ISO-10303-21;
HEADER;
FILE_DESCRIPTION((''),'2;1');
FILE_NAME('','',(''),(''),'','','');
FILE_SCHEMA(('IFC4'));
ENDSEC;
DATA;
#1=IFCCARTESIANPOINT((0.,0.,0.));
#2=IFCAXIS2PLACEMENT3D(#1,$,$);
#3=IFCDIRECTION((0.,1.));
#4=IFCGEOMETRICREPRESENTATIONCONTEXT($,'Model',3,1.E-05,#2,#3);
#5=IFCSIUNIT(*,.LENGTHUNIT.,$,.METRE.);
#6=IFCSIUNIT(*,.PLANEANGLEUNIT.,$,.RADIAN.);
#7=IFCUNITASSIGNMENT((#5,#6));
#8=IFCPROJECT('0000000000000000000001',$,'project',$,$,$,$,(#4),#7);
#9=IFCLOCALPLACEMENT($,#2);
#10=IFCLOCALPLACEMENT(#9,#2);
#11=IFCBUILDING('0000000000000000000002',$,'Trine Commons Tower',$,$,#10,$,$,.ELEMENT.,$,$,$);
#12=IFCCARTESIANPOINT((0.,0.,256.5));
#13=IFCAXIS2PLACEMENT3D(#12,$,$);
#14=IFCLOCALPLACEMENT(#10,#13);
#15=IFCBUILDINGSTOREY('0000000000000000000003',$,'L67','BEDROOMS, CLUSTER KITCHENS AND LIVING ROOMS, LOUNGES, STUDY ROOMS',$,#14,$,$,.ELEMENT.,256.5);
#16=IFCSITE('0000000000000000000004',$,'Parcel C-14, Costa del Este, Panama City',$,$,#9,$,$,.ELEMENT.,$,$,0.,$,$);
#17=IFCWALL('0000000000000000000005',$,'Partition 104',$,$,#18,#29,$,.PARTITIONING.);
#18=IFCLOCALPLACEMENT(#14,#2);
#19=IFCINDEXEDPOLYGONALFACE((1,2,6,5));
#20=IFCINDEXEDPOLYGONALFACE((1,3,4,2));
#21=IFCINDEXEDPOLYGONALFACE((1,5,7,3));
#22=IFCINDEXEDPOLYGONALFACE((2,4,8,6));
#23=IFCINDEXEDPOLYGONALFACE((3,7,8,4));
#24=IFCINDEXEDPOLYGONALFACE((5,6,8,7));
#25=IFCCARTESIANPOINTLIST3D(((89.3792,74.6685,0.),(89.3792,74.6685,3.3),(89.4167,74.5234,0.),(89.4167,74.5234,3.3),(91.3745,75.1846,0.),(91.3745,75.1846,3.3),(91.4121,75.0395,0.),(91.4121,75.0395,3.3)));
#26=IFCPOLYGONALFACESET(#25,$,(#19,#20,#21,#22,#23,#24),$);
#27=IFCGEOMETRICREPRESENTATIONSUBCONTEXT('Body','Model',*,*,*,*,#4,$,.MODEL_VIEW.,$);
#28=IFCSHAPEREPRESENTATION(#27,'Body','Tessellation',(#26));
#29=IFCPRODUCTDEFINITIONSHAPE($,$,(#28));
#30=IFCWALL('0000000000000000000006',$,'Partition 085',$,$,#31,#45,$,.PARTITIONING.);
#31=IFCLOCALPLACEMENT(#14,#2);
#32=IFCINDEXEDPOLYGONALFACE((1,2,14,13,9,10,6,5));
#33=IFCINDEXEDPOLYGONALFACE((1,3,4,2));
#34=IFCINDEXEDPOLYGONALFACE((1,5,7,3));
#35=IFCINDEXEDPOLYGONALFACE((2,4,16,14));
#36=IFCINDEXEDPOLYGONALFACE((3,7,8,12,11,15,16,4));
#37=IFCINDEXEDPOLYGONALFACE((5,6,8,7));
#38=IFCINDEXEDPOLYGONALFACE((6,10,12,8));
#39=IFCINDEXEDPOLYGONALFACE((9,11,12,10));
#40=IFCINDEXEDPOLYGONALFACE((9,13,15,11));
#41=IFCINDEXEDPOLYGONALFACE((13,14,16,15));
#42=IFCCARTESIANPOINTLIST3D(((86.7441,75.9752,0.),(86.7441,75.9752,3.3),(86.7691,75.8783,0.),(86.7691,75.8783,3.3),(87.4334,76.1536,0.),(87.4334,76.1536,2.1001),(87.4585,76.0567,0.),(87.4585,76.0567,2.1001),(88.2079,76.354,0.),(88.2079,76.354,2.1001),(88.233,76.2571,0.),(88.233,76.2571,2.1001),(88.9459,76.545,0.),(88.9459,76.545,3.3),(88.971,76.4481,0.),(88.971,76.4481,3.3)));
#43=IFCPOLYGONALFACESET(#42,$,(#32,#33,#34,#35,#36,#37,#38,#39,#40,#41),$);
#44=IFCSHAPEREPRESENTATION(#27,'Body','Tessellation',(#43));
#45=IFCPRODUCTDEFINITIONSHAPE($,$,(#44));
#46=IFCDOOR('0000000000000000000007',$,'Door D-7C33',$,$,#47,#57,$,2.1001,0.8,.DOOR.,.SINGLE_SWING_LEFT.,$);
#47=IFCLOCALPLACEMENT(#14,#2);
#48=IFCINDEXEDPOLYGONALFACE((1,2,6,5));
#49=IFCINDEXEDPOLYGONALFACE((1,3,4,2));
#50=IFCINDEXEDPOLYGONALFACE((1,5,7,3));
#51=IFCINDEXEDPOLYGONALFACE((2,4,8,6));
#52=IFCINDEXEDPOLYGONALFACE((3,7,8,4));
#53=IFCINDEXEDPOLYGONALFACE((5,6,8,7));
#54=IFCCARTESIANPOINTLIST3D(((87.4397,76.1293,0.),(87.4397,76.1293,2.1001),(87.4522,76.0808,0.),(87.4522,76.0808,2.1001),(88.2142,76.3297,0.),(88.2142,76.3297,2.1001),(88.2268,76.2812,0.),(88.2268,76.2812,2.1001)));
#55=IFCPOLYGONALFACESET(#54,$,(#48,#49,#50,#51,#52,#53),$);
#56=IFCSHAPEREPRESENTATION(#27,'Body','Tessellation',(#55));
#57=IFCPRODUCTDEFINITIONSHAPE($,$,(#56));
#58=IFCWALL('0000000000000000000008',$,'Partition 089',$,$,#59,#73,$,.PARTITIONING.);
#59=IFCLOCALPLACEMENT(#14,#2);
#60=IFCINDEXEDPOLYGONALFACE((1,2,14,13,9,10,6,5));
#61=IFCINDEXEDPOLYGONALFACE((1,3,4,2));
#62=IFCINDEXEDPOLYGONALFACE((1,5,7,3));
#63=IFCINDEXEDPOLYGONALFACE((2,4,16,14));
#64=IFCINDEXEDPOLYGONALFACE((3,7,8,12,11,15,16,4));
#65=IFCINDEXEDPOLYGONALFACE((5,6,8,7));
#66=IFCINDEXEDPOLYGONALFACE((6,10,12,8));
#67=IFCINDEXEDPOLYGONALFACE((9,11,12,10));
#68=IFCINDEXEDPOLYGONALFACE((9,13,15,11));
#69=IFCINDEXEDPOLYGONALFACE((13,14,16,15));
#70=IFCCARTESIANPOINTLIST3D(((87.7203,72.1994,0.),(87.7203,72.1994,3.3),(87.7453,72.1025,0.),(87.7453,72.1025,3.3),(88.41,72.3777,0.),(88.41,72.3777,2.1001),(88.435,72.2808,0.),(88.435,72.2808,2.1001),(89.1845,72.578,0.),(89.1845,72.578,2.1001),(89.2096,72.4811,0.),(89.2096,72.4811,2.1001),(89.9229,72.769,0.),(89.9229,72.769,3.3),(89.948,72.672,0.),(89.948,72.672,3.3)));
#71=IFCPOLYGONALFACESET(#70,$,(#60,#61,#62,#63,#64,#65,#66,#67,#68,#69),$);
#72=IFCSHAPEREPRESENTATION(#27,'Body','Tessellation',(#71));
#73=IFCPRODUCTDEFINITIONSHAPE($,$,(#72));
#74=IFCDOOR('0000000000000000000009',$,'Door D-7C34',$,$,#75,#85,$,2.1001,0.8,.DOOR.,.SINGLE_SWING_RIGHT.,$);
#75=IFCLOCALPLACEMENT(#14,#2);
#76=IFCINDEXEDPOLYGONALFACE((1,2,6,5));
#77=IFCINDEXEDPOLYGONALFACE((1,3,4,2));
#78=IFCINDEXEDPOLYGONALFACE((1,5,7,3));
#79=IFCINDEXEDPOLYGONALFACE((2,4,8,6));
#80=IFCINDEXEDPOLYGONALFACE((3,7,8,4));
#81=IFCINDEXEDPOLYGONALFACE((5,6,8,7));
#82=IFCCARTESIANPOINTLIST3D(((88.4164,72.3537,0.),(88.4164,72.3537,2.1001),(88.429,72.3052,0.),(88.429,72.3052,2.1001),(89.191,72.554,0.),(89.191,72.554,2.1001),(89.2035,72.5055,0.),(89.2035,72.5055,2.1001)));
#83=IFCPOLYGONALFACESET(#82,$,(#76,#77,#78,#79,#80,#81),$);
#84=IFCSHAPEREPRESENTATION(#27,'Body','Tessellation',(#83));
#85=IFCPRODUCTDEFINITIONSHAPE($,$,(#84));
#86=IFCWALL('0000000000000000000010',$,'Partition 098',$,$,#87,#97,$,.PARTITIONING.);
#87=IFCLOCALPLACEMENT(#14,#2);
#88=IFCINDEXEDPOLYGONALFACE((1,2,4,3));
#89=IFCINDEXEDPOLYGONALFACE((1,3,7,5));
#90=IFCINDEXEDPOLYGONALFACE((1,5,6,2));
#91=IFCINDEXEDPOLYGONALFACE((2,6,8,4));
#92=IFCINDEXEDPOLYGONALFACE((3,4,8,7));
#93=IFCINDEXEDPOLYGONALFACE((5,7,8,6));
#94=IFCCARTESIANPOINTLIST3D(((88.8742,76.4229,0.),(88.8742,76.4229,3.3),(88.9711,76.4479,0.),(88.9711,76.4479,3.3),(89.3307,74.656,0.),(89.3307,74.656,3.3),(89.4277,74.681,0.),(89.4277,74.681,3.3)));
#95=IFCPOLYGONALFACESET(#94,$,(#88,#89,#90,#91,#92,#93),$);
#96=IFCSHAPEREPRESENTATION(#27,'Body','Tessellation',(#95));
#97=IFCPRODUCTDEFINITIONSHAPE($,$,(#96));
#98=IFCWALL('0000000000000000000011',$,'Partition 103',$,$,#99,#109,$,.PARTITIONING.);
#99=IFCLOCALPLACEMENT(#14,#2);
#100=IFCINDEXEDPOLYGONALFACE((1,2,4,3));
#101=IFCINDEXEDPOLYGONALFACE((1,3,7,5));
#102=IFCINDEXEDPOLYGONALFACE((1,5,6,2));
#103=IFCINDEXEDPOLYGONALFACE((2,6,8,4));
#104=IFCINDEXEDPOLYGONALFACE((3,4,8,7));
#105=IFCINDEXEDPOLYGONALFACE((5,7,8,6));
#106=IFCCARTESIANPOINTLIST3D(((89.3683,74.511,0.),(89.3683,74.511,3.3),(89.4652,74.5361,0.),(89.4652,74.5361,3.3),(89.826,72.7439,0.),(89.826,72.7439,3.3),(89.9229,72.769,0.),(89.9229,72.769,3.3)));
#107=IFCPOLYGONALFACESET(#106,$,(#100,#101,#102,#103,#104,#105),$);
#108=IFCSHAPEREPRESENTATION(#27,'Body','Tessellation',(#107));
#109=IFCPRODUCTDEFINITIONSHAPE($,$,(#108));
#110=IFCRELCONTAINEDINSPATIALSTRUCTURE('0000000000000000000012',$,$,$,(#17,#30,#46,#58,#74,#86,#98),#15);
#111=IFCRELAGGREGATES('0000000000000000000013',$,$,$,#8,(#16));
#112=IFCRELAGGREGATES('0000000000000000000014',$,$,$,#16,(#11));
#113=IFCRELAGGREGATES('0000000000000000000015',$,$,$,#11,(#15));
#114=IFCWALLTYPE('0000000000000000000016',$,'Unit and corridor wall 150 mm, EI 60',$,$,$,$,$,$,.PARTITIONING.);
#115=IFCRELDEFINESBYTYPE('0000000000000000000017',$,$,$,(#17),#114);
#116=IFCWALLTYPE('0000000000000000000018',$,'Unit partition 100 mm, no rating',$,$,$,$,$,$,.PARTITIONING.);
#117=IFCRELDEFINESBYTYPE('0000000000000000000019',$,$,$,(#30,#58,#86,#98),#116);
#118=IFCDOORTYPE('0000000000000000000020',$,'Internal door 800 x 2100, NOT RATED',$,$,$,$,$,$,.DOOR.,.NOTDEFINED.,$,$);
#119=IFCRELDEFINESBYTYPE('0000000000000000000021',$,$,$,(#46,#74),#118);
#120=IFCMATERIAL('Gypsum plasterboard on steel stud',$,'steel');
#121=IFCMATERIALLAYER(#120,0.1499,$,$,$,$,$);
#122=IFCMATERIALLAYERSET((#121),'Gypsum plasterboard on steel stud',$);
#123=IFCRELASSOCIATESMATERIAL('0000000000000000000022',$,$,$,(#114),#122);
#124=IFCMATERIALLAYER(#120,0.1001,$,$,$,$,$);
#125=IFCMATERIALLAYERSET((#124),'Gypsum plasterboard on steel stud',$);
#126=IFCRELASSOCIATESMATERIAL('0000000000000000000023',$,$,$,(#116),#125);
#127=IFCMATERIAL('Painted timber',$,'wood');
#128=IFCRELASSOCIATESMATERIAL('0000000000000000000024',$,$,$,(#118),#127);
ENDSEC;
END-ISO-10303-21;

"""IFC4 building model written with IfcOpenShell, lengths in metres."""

from ifc_helpers import new_model, si_unit, direction, frame, frame_2d, origin, place, context, subcontext, project, spatial, rectangle, extrude, material, layer, layer_set, type_object, element, fill, save


model = new_model("IFC4")

# Units and contexts
model_context = context("Model", 3, precision=1e-05, world=origin(), true_north=direction((0.0, 1.0)))
body_context = subcontext(model_context, "Body", "Model", "MODEL_VIEW")
ifc_project = project(units=[si_unit("LENGTHUNIT", "METRE"), si_unit("PLANEANGLEUNIT", "RADIAN")], contexts=[model_context])

# Site, building, storey
site_placement = place(None, origin())
site = spatial("IfcSite", under=ifc_project, at=site_placement, Name="Parcel C-14, Costa del Este, Panama City", CompositionType="ELEMENT", RefElevation=0.0)
building_placement = place(site_placement, origin())
building = spatial("IfcBuilding", under=site, at=building_placement, Name="Trine Commons Tower", CompositionType="ELEMENT")
storey_placement = place(building_placement, frame((0.0, 0.0, 256.5)))
storey = spatial("IfcBuildingStorey", under=building, at=storey_placement, Name="L67", Description="BEDROOMS, CLUSTER KITCHENS AND LIVING ROOMS, LOUNGES, STUDY ROOMS", CompositionType="ELEMENT", Elevation=256.5)

# Shared definitions
ifc_material_1 = material(Name="Gypsum plasterboard on steel stud", Category="steel")
ifc_layer_1 = layer(ifc_material_1, 0.1499)
ifc_layer_set_1 = layer_set([ifc_layer_1], Name="Gypsum plasterboard on steel stud")
wall_type_1 = type_object("IfcWallType", Name="Unit and corridor wall 150 mm, EI 60", PredefinedType="PARTITIONING", material=ifc_layer_set_1)

# Wall
wall_1_placement = place(storey_placement, frame((89.3979, 74.5959, 0.0), z_axis=(0.0, 0.0, 1.0), x_axis=(0.968138, 0.250415, 0.0)))
element("IfcWall", 1, at=wall_1_placement, inside=storey, type_object=wall_type_1, Name="Partition 104", PredefinedType="PARTITIONING", context=body_context, shape_type="SweptSolid", body=[
    extrude(rectangle(XDim=2.061, YDim=0.1499, at=frame_2d((1.0305, 0.0))), origin(), (0.0, 0.0, 1.0), 3.3),
])

# Walls, openings, doors
ifc_layer_2 = layer(ifc_material_1, 0.1001)
ifc_layer_set_2 = layer_set([ifc_layer_2], Name="Gypsum plasterboard on steel stud")
wall_type_2 = type_object("IfcWallType", Name="Unit partition 100 mm, no rating", PredefinedType="PARTITIONING", material=ifc_layer_set_2)
wall_2_placement = place(storey_placement, frame((86.7566, 75.9268, 0.0), z_axis=(0.0, 0.0, 1.0), x_axis=(0.968108, 0.250534, 0.0)))
wall_2 = element("IfcWall", 2, at=wall_2_placement, inside=storey, type_object=wall_type_2, Name="Partition 085", PredefinedType="PARTITIONING", context=body_context, shape_type="SweptSolid", body=[
    extrude(rectangle(XDim=2.2744, YDim=0.1001, at=frame_2d((1.1372, 0.0))), origin(), (0.0, 0.0, 1.0), 3.3),
])
opening_1_placement = place(wall_2_placement, frame((0.7122, 0.0, 0.0)))
opening_1 = element("IfcOpeningElement", 3, at=opening_1_placement, cuts=wall_2, PredefinedType="OPENING", context=body_context, shape_type="SweptSolid", body=[
    extrude(rectangle(XDim=0.8, YDim=2.1001, at=frame_2d((0.3999, 1.05))), frame((0.0, 0.0601, 0.0), z_axis=(0.0, -1.0, 0.0), x_axis=(1.0, 0.0, 0.0)), (0.0, 0.0, 1.0), 0.1201),
])
ifc_material_2 = material(Name="Painted timber", Category="wood")
door_type_1 = type_object("IfcDoorType", Name="Internal door 800 x 2100, NOT RATED", OperationType="NOTDEFINED", PredefinedType="DOOR", material=ifc_material_2)
door_1_placement = place(opening_1_placement, origin())
door_1 = element("IfcDoor", 4, at=door_1_placement, inside=storey, type_object=door_type_1, Name="Door D-7C33", OperationType="SINGLE_SWING_LEFT", OverallHeight=2.1001, OverallWidth=0.8, PredefinedType="DOOR", context=body_context, shape_type="SweptSolid", body=[
    extrude(rectangle(XDim=0.8, YDim=2.1001, at=frame_2d((0.3999, 1.05))), frame((0.0, 0.0249, 0.0), z_axis=(0.0, -1.0, 0.0), x_axis=(1.0, 0.0, 0.0)), (0.0, 0.0, 1.0), 0.05),
])
fill(opening_1, door_1)
wall_3_placement = place(storey_placement, frame((87.7327, 72.1509, 0.0), z_axis=(0.0, 0.0, 1.0), x_axis=(0.968154, 0.250355, 0.0)))
wall_3 = element("IfcWall", 5, at=wall_3_placement, inside=storey, type_object=wall_type_2, Name="Partition 089", PredefinedType="PARTITIONING", context=body_context, shape_type="SweptSolid", body=[
    extrude(rectangle(XDim=2.2751, YDim=0.1001, at=frame_2d((1.1377, 0.0))), origin(), (0.0, 0.0, 1.0), 3.3),
])
opening_2_placement = place(wall_3_placement, frame((0.7126, 0.0, 0.0)))
opening_2 = element("IfcOpeningElement", 6, at=opening_2_placement, cuts=wall_3, PredefinedType="OPENING", context=body_context, shape_type="SweptSolid", body=[
    extrude(rectangle(XDim=0.8, YDim=2.1001, at=frame_2d((0.3999, 1.05))), frame((0.0, 0.0601, 0.0), z_axis=(0.0, -1.0, 0.0), x_axis=(1.0, 0.0, 0.0)), (0.0, 0.0, 1.0), 0.1201),
])
door_2_placement = place(opening_2_placement, frame((0.8, 0.0, 0.0), z_axis=(0.0, 0.0, 1.0), x_axis=(-1.0, 0.0, 0.0)))
door_2 = element("IfcDoor", 7, at=door_2_placement, inside=storey, type_object=door_type_1, Name="Door D-7C34", OperationType="SINGLE_SWING_RIGHT", OverallHeight=2.1001, OverallWidth=0.8, PredefinedType="DOOR", context=body_context, shape_type="SweptSolid", body=[
    extrude(rectangle(XDim=0.8, YDim=2.1001, at=frame_2d((0.3999, 1.05))), frame((0.0, 0.0249, 0.0), z_axis=(0.0, -1.0, 0.0), x_axis=(1.0, 0.0, 0.0)), (0.0, 0.0, 1.0), 0.05),
])
fill(opening_2, door_2)

# Walls
wall_4_placement = place(storey_placement, frame((88.9226, 76.4355, 0.0), z_axis=(0.0, 0.0, 1.0), x_axis=(0.250177, -0.9682, 0.0)))
element("IfcWall", 8, at=wall_4_placement, inside=storey, type_object=wall_type_2, Name="Partition 098", PredefinedType="PARTITIONING", context=body_context, shape_type="SweptSolid", body=[
    extrude(rectangle(XDim=1.825, YDim=0.1001, at=frame_2d((0.9126, 0.0))), origin(), (0.0, 0.0, 1.0), 3.3),
])
wall_5_placement = place(storey_placement, frame((89.4167, 74.5234, 0.0), z_axis=(0.0, 0.0, 1.0), x_axis=(0.250772, -0.968046, 0.0)))
element("IfcWall", 9, at=wall_5_placement, inside=storey, type_object=wall_type_2, Name="Partition 103", PredefinedType="PARTITIONING", context=body_context, shape_type="SweptSolid", body=[
    extrude(rectangle(XDim=1.8254, YDim=0.1001, at=frame_2d((0.9126, 0.0))), origin(), (0.0, 0.0, 1.0), 3.3),
])

save(model, "model.ifc")
